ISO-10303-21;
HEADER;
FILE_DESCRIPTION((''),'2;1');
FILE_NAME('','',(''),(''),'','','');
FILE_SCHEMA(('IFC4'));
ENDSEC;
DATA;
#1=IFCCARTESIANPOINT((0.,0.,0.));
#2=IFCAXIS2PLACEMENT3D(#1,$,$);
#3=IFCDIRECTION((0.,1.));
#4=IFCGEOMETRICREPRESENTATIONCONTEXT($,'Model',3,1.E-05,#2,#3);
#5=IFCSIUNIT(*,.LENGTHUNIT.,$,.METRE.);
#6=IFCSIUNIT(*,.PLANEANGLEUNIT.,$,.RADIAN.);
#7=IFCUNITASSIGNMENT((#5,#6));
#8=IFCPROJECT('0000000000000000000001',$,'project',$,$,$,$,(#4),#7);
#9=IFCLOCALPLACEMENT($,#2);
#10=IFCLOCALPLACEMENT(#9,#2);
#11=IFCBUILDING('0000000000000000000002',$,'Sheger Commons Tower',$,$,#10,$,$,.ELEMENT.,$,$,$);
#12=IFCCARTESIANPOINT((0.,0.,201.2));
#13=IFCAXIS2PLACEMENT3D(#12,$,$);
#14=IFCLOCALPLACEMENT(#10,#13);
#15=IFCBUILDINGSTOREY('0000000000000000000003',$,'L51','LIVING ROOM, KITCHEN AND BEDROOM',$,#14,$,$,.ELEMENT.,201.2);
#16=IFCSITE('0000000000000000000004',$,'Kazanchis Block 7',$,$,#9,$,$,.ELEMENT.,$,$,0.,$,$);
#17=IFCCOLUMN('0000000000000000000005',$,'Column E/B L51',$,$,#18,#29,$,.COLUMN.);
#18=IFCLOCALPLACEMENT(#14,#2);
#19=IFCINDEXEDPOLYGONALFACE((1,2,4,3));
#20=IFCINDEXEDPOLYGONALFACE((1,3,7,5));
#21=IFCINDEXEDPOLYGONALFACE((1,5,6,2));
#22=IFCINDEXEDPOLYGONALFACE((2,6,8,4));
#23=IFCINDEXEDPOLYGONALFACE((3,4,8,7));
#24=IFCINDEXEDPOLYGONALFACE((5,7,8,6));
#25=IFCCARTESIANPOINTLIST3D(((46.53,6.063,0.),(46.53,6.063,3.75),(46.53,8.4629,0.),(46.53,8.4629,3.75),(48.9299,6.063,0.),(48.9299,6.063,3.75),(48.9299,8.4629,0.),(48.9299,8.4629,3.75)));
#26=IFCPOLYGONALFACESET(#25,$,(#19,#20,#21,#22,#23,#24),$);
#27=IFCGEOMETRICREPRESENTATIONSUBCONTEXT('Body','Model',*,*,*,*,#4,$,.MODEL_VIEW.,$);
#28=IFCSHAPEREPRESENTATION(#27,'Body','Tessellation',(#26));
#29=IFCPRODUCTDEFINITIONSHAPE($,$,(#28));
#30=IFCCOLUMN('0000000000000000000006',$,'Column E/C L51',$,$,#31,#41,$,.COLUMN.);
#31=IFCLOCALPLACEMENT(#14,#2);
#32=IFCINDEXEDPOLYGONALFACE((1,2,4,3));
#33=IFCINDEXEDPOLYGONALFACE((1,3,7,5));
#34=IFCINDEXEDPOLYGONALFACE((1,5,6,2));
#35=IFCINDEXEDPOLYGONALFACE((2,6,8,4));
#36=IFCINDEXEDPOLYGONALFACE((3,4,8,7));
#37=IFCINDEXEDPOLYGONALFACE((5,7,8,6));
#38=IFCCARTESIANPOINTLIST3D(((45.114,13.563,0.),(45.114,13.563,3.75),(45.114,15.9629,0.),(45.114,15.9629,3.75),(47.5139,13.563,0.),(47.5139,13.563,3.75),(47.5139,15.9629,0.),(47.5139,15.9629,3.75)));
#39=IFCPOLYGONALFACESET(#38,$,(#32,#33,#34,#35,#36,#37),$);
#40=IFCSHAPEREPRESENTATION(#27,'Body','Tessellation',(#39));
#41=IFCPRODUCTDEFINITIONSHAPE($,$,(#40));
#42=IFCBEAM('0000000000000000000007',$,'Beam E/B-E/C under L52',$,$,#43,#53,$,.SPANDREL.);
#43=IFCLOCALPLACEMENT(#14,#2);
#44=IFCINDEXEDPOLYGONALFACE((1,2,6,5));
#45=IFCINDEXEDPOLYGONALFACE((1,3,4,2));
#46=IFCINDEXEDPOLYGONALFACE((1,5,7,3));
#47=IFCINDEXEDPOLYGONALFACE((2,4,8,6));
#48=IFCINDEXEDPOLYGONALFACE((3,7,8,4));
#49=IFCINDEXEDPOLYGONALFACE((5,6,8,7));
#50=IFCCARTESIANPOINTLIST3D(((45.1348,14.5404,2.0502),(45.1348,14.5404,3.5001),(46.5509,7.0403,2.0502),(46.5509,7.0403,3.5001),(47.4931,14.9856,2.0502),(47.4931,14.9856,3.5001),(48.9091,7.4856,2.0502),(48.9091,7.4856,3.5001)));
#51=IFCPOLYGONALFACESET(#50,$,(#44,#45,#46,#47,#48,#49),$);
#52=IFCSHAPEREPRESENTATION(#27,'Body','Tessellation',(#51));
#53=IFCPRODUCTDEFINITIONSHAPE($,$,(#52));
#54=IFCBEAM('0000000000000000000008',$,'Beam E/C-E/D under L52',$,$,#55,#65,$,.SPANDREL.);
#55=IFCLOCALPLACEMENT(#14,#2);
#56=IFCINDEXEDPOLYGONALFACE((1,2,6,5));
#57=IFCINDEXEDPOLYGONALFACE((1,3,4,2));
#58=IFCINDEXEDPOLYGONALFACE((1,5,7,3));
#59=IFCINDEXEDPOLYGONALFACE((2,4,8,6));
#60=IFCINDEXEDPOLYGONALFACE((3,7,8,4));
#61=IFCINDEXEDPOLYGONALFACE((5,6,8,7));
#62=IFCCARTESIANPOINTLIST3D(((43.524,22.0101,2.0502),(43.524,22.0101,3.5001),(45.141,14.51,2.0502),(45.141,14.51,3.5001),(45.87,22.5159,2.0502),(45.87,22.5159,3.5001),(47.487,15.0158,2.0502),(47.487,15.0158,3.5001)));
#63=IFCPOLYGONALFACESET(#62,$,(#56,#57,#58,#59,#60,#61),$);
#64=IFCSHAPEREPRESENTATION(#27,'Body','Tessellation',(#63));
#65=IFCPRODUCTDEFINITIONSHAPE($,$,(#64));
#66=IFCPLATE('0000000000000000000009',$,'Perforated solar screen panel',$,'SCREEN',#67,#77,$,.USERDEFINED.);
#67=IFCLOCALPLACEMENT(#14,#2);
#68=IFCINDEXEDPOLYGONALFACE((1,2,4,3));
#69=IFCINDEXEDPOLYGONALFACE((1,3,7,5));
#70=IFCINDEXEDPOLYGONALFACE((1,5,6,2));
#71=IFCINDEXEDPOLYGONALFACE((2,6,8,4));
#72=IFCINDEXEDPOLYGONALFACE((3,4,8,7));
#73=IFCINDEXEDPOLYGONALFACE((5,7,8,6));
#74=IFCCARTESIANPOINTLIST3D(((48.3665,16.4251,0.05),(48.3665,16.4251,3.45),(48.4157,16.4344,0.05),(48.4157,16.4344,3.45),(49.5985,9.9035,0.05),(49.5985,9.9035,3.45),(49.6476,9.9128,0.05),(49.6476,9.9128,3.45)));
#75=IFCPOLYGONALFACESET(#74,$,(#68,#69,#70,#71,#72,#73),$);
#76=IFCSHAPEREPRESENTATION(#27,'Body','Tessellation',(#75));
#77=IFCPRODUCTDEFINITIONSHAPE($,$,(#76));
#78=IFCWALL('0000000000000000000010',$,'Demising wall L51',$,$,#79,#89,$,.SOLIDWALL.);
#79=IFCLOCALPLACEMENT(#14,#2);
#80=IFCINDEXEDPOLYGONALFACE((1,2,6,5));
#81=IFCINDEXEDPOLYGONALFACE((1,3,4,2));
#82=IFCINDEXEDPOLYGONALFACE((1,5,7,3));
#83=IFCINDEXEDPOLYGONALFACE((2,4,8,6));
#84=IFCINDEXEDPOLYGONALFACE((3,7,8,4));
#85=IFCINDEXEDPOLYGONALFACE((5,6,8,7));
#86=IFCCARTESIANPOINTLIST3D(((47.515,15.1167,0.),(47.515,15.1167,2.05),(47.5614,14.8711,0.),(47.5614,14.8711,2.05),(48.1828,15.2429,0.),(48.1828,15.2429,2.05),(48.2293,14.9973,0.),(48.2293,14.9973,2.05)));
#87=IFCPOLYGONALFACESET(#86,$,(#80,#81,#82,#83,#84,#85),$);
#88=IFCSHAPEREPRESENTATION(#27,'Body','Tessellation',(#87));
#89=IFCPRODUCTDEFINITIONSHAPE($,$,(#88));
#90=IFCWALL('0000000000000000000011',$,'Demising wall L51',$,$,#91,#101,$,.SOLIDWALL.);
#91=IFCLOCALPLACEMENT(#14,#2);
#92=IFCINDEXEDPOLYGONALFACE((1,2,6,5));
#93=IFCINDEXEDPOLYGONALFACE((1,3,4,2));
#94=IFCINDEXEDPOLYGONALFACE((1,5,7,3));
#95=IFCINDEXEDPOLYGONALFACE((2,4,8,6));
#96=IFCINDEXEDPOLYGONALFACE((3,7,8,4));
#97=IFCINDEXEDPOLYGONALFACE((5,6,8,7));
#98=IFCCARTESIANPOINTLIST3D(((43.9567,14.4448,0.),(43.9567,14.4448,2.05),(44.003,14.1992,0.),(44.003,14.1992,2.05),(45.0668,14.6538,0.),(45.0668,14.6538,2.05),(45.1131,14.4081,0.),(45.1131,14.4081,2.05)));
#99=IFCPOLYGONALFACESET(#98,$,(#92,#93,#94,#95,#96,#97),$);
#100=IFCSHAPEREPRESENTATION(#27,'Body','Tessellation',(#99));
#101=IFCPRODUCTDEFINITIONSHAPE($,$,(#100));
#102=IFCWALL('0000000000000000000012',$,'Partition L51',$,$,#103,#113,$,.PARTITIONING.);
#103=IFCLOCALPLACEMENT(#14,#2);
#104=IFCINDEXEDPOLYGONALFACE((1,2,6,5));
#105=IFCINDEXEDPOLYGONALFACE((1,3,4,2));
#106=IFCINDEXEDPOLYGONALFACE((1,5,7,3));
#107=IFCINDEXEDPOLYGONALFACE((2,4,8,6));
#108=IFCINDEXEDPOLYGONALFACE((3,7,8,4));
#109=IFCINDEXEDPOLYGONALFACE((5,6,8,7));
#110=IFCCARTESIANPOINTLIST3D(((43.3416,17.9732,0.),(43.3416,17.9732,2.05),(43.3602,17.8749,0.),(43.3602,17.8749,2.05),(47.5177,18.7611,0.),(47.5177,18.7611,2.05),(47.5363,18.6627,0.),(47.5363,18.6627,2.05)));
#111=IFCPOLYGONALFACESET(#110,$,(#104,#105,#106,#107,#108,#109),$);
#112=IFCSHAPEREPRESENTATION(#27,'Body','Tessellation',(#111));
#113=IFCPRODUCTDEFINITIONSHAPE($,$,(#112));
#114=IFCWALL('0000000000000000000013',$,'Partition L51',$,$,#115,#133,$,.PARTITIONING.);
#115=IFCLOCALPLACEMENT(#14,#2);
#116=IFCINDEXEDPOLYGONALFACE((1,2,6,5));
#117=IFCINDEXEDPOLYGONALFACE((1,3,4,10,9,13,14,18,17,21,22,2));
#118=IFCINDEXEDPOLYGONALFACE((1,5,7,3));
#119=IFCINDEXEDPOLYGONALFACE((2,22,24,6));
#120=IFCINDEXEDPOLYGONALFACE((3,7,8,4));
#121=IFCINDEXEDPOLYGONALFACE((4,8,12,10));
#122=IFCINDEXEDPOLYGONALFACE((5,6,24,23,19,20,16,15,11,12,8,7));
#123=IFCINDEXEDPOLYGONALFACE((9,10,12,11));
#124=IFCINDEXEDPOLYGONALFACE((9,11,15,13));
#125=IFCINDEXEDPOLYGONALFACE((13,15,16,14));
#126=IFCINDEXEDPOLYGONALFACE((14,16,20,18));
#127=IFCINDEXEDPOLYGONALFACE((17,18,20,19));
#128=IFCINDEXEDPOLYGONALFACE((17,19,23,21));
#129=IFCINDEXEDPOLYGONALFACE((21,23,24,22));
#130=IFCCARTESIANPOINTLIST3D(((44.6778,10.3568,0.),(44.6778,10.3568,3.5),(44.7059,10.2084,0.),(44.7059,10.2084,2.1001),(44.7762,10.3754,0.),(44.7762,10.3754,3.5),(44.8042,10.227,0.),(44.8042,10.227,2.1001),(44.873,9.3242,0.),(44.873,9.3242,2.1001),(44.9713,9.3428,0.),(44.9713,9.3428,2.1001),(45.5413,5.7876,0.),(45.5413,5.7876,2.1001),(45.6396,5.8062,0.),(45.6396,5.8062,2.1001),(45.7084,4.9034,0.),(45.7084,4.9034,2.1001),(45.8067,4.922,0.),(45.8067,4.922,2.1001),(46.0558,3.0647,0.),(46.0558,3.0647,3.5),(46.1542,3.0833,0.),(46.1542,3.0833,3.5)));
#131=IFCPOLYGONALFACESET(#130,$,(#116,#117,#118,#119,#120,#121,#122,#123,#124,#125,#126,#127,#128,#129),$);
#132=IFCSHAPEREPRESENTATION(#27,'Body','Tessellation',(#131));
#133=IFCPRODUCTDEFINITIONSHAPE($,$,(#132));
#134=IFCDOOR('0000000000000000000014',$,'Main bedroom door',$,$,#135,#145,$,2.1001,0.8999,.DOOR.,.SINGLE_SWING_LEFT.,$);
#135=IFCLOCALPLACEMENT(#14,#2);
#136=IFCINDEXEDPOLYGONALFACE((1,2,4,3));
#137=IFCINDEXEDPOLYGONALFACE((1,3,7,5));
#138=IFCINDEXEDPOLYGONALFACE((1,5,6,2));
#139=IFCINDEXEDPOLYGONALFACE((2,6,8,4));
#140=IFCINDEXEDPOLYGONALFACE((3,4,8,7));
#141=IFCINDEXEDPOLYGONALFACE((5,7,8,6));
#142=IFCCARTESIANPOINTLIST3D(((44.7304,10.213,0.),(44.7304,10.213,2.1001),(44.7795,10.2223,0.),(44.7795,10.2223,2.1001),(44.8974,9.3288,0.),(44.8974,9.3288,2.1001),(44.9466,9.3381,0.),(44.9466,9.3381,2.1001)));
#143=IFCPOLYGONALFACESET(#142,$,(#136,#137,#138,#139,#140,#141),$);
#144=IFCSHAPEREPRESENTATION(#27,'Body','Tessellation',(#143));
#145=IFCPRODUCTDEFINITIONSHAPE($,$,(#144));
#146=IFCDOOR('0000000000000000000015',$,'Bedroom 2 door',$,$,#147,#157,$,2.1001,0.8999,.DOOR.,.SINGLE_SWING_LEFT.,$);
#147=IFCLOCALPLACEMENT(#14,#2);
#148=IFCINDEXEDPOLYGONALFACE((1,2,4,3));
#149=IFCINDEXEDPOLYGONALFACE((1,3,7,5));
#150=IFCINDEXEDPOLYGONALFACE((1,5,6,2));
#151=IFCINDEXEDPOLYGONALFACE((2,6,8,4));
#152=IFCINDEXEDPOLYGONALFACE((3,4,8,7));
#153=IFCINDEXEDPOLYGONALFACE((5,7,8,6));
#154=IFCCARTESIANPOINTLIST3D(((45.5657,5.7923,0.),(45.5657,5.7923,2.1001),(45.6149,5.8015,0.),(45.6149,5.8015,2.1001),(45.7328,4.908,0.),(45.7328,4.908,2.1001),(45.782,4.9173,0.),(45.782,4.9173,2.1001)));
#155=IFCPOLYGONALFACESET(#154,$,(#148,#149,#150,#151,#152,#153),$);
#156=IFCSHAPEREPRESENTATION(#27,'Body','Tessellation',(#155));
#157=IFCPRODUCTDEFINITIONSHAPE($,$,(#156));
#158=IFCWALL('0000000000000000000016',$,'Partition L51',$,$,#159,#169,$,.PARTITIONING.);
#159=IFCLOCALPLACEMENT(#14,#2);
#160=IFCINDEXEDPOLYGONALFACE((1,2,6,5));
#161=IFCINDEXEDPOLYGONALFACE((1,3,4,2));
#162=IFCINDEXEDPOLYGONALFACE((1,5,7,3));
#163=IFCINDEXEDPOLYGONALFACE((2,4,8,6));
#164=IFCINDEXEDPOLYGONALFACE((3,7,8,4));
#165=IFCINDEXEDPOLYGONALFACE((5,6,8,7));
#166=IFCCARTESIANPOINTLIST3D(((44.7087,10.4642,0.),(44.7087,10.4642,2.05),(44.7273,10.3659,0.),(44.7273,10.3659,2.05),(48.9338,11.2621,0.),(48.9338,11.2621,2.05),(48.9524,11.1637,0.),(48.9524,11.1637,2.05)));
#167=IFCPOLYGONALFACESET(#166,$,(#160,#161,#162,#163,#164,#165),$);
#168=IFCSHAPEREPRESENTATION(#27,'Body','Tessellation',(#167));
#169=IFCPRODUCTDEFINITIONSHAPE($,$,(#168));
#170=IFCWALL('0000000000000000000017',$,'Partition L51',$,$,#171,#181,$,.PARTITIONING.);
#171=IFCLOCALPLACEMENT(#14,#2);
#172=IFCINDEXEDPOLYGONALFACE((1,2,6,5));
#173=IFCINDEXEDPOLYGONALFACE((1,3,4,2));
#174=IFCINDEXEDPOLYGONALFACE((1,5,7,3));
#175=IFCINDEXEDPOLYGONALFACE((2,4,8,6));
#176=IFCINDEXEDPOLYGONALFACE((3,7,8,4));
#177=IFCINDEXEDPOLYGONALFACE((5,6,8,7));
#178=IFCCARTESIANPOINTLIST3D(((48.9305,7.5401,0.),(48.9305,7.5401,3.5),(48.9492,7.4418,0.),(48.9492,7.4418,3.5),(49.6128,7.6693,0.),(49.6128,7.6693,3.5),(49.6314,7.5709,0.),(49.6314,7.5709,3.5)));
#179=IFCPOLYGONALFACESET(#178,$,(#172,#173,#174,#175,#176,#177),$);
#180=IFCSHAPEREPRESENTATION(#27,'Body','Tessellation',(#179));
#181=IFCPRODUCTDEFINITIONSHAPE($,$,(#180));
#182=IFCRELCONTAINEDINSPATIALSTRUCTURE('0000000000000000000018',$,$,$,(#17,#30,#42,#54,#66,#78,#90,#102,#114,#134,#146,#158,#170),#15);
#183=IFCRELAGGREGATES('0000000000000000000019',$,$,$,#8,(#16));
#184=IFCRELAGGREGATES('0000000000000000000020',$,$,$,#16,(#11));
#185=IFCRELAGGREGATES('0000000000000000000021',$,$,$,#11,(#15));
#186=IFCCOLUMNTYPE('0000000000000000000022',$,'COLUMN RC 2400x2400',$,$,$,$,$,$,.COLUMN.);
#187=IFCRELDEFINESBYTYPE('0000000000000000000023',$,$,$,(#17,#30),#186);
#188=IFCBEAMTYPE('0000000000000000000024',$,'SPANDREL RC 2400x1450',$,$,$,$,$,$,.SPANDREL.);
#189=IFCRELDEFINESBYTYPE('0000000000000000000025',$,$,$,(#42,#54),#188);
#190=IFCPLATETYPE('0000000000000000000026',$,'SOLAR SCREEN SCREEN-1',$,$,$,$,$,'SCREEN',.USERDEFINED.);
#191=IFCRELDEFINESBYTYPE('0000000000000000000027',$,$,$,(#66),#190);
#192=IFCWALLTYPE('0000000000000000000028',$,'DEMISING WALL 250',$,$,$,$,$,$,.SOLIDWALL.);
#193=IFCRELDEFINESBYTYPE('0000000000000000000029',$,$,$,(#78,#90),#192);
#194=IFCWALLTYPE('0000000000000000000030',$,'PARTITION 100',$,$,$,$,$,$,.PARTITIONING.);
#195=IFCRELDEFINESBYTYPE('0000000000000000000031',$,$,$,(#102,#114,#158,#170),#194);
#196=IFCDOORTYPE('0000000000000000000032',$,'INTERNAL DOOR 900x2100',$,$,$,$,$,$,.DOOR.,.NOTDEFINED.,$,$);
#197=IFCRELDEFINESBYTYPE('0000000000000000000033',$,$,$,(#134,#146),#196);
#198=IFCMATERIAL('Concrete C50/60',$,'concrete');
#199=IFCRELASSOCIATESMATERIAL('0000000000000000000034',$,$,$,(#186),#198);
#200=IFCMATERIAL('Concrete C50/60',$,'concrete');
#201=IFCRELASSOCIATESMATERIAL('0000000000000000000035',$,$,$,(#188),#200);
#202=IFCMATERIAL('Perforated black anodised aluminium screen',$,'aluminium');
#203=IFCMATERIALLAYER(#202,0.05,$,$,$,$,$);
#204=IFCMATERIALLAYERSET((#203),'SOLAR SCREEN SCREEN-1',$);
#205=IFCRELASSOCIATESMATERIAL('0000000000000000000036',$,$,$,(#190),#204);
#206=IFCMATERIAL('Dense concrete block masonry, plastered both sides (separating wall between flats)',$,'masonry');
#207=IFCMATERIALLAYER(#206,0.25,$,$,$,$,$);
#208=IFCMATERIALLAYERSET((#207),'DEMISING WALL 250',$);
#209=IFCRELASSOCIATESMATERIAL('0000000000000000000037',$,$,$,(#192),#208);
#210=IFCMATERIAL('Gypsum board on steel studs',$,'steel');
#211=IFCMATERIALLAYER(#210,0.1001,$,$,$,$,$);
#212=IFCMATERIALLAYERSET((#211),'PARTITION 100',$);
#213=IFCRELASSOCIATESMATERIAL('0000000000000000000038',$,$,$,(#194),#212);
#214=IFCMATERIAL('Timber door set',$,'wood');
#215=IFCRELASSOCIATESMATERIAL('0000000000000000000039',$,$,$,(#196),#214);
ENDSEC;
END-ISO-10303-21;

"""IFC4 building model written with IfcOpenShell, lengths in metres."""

from ifc_helpers import new_model, si_unit, direction, frame, frame_2d, origin, origin_2d, place, context, subcontext, project, spatial, rectangle, extrude, material, layer, layer_set, material_profile, profile_set, type_object, element, fill, save


model = new_model("IFC4")

# Units and contexts
model_context = context("Model", 3, precision=1e-05, world=origin(), true_north=direction((0.0, 1.0)))
body_context = subcontext(model_context, "Body", "Model", "MODEL_VIEW")
ifc_project = project(units=[si_unit("LENGTHUNIT", "METRE"), si_unit("PLANEANGLEUNIT", "RADIAN")], contexts=[model_context])

# Site, building, storey
site_placement = place(None, origin())
site = spatial("IfcSite", under=ifc_project, at=site_placement, Name="Kazanchis Block 7", CompositionType="ELEMENT", RefElevation=0.0)
building_placement = place(site_placement, origin())
building = spatial("IfcBuilding", under=site, at=building_placement, Name="Sheger Commons Tower", CompositionType="ELEMENT")
storey_placement = place(building_placement, frame((0.0, 0.0, 201.2)))
storey = spatial("IfcBuildingStorey", under=building, at=storey_placement, Name="L51", Description="LIVING ROOM, KITCHEN AND BEDROOM", CompositionType="ELEMENT", Elevation=201.2)

# Columns
ifc_material_1 = material(Name="Concrete C50/60", Category="concrete")
ifc_material_profile_1 = material_profile(ifc_material_1, rectangle(XDim=2.3999, YDim=2.3999, at=origin_2d()), Name="RC 2400x2400")
ifc_profile_set_1 = profile_set([ifc_material_profile_1], Name="Concrete C50/60")
column_type = type_object("IfcColumnType", Name="COLUMN RC 2400x2400", PredefinedType="COLUMN", material=ifc_profile_set_1)
for number, where, z_axis, x_axis, name in (
    (1, (47.73, 7.2629, 0.0), (0.0, 0.0, 1.0), (1.0, 0.0, 0.0), "Column E/B L51"),
    (2, (46.314, 14.7629, 0.0), (0.0, 0.0, 1.0), (1.0, 0.0, 0.0), "Column E/C L51"),
):
    element("IfcColumn", number, at=place(storey_placement, frame(where, z_axis=z_axis, x_axis=x_axis)), inside=storey, type_object=column_type, Name=name, PredefinedType="COLUMN", context=body_context, shape_type="SweptSolid", body=[
        extrude(rectangle(XDim=2.3999, YDim=2.3999, at=origin_2d()), origin(), (0.0, 0.0, 1.0), 3.75),
    ])

# Beams
ifc_material_2 = material(Name="Concrete C50/60", Category="concrete")
ifc_material_profile_2 = material_profile(ifc_material_2, rectangle(XDim=2.3999, YDim=1.45, at=origin_2d()), Name="RC 2400x1450")
ifc_profile_set_2 = profile_set([ifc_material_profile_2], Name="Concrete C50/60")
beam_type = type_object("IfcBeamType", Name="SPANDREL RC 2400x1450", PredefinedType="SPANDREL", material=ifc_profile_set_2)
beam_1_placement = place(storey_placement, frame((47.73, 7.2629, 2.7751), z_axis=(-0.185524, 0.98264, 0.0), x_axis=(-0.98264, -0.185524, 0.0)))
element("IfcBeam", 3, at=beam_1_placement, inside=storey, type_object=beam_type, Name="Beam E/B-E/C under L52", PredefinedType="SPANDREL", context=body_context, shape_type="SweptSolid", body=[
    extrude(rectangle(XDim=2.3999, YDim=1.45, at=origin_2d()), origin(), (0.0, 0.0, 1.0), 7.6326),
])
beam_2_placement = place(storey_placement, frame((46.314, 14.7629, 2.7751), z_axis=(-0.21075, 0.97754, 0.0), x_axis=(-0.97754, -0.21075, 0.0)))
element("IfcBeam", 4, at=beam_2_placement, inside=storey, type_object=beam_type, Name="Beam E/C-E/D under L52", PredefinedType="SPANDREL", context=body_context, shape_type="SweptSolid", body=[
    extrude(rectangle(XDim=2.3999, YDim=1.45, at=origin_2d()), origin(), (0.0, 0.0, 1.0), 7.6724),
])

# Plate
ifc_material_3 = material(Name="Perforated black anodised aluminium screen", Category="aluminium")
ifc_layer_1 = layer(ifc_material_3, 0.05)
ifc_layer_set_1 = layer_set([ifc_layer_1], Name="SOLAR SCREEN SCREEN-1")
plate_type = type_object("IfcPlateType", Name="SOLAR SCREEN SCREEN-1", ElementType="SCREEN", PredefinedType="USERDEFINED", material=ifc_layer_set_1)
plate_placement = place(storey_placement, frame((49.0071, 13.1689, 0.05), z_axis=(0.0, 0.0, 1.0), x_axis=(-0.185615, 0.982623, 0.0)))
element("IfcPlate", 5, at=plate_placement, inside=storey, type_object=plate_type, Name="Perforated solar screen panel", ObjectType="SCREEN", PredefinedType="USERDEFINED", context=body_context, shape_type="SweptSolid", body=[
    extrude(rectangle(XDim=6.637, YDim=0.05, at=origin_2d()), origin(), (0.0, 0.0, 1.0), 3.3999),
])

# Walls
ifc_material_4 = material(Name="Dense concrete block masonry, plastered both sides (separating wall between flats)", Category="masonry")
ifc_layer_2 = layer(ifc_material_4, 0.25)
ifc_layer_set_2 = layer_set([ifc_layer_2], Name="DEMISING WALL 250")
wall_type_1 = type_object("IfcWallType", Name="DEMISING WALL 250", PredefinedType="SOLIDWALL", material=ifc_layer_set_2)
wall_1_placement = place(storey_placement, frame((48.2061, 15.1201, 0.0), z_axis=(0.0, 0.0, 1.0), x_axis=(-0.982611, -0.185676, 0.0)))
element("IfcWall", 6, at=wall_1_placement, inside=storey, type_object=wall_type_1, Name="Demising wall L51", PredefinedType="SOLIDWALL", context=body_context, shape_type="SweptSolid", body=[
    extrude(rectangle(XDim=0.6797, YDim=0.25, at=frame_2d((0.3398, 0.0))), origin(), (0.0, 0.0, 1.0), 2.05),
])
wall_2_placement = place(storey_placement, frame((45.0901, 14.531, 0.0), z_axis=(0.0, 0.0, 1.0), x_axis=(-0.982737, -0.185006, 0.0)))
element("IfcWall", 7, at=wall_2_placement, inside=storey, type_object=wall_type_1, Name="Demising wall L51", PredefinedType="SOLIDWALL", context=body_context, shape_type="SweptSolid", body=[
    extrude(rectangle(XDim=1.1296, YDim=0.25, at=frame_2d((0.5649, 0.0))), origin(), (0.0, 0.0, 1.0), 2.05),
])
ifc_material_5 = material(Name="Gypsum board on steel studs", Category="steel")
ifc_layer_3 = layer(ifc_material_5, 0.1001)
ifc_layer_set_3 = layer_set([ifc_layer_3], Name="PARTITION 100")
wall_type_2 = type_object("IfcWallType", Name="PARTITION 100", PredefinedType="PARTITIONING", material=ifc_layer_set_3)
wall_3_placement = place(storey_placement, frame((47.5271, 18.7119, 0.0), z_axis=(0.0, 0.0, 1.0), x_axis=(-0.982665, -0.185388, 0.0)))
element("IfcWall", 8, at=wall_3_placement, inside=storey, type_object=wall_type_2, Name="Partition L51", PredefinedType="PARTITIONING", context=body_context, shape_type="SweptSolid", body=[
    extrude(rectangle(XDim=4.2498, YDim=0.1001, at=frame_2d((2.125, 0.0))), origin(), (0.0, 0.0, 1.0), 2.05),
])

# Wall, openings, doors
wall_4_placement = place(storey_placement, frame((44.7271, 10.366, 0.0), z_axis=(0.0, 0.0, 1.0), x_axis=(0.185679, -0.98261, 0.0)))
wall_4 = element("IfcWall", 9, at=wall_4_placement, inside=storey, type_object=wall_type_2, Name="Partition L51", PredefinedType="PARTITIONING", context=body_context, shape_type="SweptSolid", body=[
    extrude(rectangle(XDim=7.4211, YDim=0.1001, at=frame_2d((3.7104, 0.0))), origin(), (0.0, 0.0, 1.0), 3.5),
])
opening_1_placement = place(wall_4_placement, frame((0.1509, 0.0, 0.0)))
opening_1 = element("IfcOpeningElement", 10, at=opening_1_placement, cuts=wall_4, PredefinedType="OPENING", context=body_context, shape_type="SweptSolid", body=[
    extrude(rectangle(XDim=0.8999, YDim=2.1001, at=frame_2d((0.45, 1.05))), frame((0.0, 0.0601, 0.0), z_axis=(0.0, -1.0, 0.0), x_axis=(1.0, 0.0, 0.0)), (0.0, 0.0, 1.0), 0.1201),
])
opening_2_placement = place(wall_4_placement, frame((4.6499, 0.0, 0.0)))
opening_2 = element("IfcOpeningElement", 11, at=opening_2_placement, cuts=wall_4, PredefinedType="OPENING", context=body_context, shape_type="SweptSolid", body=[
    extrude(rectangle(XDim=0.8999, YDim=2.1001, at=frame_2d((0.45, 1.05))), frame((0.0, 0.0601, 0.0), z_axis=(0.0, -1.0, 0.0), x_axis=(1.0, 0.0, 0.0)), (0.0, 0.0, 1.0), 0.1201),
])
ifc_material_6 = material(Name="Timber door set", Category="wood")
door_type = type_object("IfcDoorType", Name="INTERNAL DOOR 900x2100", OperationType="NOTDEFINED", PredefinedType="DOOR", material=ifc_material_6)
door_1_placement = place(opening_1_placement, origin())
door_1 = element("IfcDoor", 12, at=door_1_placement, inside=storey, type_object=door_type, Name="Main bedroom door", OperationType="SINGLE_SWING_LEFT", OverallHeight=2.1001, OverallWidth=0.8999, PredefinedType="DOOR", context=body_context, shape_type="SweptSolid", body=[
    extrude(rectangle(XDim=0.8999, YDim=2.1001, at=frame_2d((0.45, 1.05))), frame((0.0, 0.0249, 0.0), z_axis=(0.0, -1.0, 0.0), x_axis=(1.0, 0.0, 0.0)), (0.0, 0.0, 1.0), 0.05),
])
fill(opening_1, door_1)
door_2_placement = place(opening_2_placement, origin())
door_2 = element("IfcDoor", 13, at=door_2_placement, inside=storey, type_object=door_type, Name="Bedroom 2 door", OperationType="SINGLE_SWING_LEFT", OverallHeight=2.1001, OverallWidth=0.8999, PredefinedType="DOOR", context=body_context, shape_type="SweptSolid", body=[
    extrude(rectangle(XDim=0.8999, YDim=2.1001, at=frame_2d((0.45, 1.05))), frame((0.0, 0.0249, 0.0), z_axis=(0.0, -1.0, 0.0), x_axis=(1.0, 0.0, 0.0)), (0.0, 0.0, 1.0), 0.05),
])
fill(opening_2, door_2)

# Walls
wall_5_placement = place(storey_placement, frame((48.9431, 11.2129, 0.0), z_axis=(0.0, 0.0, 1.0), x_axis=(-0.982634, -0.185557, 0.0)))
element("IfcWall", 14, at=wall_5_placement, inside=storey, type_object=wall_type_2, Name="Partition L51", PredefinedType="PARTITIONING", context=body_context, shape_type="SweptSolid", body=[
    extrude(rectangle(XDim=4.2998, YDim=0.1001, at=frame_2d((2.1499, 0.0))), origin(), (0.0, 0.0, 1.0), 2.05),
])
wall_6_placement = place(storey_placement, frame((49.6221, 7.6201, 0.0), z_axis=(0.0, 0.0, 1.0), x_axis=(-0.982544, -0.186029, 0.0)))
element("IfcWall", 15, at=wall_6_placement, inside=storey, type_object=wall_type_2, Name="Partition L51", PredefinedType="PARTITIONING", context=body_context, shape_type="SweptSolid", body=[
    extrude(rectangle(XDim=0.6943, YDim=0.1001, at=frame_2d((0.3472, 0.0))), origin(), (0.0, 0.0, 1.0), 3.5),
])

save(model, "model.ifc")
